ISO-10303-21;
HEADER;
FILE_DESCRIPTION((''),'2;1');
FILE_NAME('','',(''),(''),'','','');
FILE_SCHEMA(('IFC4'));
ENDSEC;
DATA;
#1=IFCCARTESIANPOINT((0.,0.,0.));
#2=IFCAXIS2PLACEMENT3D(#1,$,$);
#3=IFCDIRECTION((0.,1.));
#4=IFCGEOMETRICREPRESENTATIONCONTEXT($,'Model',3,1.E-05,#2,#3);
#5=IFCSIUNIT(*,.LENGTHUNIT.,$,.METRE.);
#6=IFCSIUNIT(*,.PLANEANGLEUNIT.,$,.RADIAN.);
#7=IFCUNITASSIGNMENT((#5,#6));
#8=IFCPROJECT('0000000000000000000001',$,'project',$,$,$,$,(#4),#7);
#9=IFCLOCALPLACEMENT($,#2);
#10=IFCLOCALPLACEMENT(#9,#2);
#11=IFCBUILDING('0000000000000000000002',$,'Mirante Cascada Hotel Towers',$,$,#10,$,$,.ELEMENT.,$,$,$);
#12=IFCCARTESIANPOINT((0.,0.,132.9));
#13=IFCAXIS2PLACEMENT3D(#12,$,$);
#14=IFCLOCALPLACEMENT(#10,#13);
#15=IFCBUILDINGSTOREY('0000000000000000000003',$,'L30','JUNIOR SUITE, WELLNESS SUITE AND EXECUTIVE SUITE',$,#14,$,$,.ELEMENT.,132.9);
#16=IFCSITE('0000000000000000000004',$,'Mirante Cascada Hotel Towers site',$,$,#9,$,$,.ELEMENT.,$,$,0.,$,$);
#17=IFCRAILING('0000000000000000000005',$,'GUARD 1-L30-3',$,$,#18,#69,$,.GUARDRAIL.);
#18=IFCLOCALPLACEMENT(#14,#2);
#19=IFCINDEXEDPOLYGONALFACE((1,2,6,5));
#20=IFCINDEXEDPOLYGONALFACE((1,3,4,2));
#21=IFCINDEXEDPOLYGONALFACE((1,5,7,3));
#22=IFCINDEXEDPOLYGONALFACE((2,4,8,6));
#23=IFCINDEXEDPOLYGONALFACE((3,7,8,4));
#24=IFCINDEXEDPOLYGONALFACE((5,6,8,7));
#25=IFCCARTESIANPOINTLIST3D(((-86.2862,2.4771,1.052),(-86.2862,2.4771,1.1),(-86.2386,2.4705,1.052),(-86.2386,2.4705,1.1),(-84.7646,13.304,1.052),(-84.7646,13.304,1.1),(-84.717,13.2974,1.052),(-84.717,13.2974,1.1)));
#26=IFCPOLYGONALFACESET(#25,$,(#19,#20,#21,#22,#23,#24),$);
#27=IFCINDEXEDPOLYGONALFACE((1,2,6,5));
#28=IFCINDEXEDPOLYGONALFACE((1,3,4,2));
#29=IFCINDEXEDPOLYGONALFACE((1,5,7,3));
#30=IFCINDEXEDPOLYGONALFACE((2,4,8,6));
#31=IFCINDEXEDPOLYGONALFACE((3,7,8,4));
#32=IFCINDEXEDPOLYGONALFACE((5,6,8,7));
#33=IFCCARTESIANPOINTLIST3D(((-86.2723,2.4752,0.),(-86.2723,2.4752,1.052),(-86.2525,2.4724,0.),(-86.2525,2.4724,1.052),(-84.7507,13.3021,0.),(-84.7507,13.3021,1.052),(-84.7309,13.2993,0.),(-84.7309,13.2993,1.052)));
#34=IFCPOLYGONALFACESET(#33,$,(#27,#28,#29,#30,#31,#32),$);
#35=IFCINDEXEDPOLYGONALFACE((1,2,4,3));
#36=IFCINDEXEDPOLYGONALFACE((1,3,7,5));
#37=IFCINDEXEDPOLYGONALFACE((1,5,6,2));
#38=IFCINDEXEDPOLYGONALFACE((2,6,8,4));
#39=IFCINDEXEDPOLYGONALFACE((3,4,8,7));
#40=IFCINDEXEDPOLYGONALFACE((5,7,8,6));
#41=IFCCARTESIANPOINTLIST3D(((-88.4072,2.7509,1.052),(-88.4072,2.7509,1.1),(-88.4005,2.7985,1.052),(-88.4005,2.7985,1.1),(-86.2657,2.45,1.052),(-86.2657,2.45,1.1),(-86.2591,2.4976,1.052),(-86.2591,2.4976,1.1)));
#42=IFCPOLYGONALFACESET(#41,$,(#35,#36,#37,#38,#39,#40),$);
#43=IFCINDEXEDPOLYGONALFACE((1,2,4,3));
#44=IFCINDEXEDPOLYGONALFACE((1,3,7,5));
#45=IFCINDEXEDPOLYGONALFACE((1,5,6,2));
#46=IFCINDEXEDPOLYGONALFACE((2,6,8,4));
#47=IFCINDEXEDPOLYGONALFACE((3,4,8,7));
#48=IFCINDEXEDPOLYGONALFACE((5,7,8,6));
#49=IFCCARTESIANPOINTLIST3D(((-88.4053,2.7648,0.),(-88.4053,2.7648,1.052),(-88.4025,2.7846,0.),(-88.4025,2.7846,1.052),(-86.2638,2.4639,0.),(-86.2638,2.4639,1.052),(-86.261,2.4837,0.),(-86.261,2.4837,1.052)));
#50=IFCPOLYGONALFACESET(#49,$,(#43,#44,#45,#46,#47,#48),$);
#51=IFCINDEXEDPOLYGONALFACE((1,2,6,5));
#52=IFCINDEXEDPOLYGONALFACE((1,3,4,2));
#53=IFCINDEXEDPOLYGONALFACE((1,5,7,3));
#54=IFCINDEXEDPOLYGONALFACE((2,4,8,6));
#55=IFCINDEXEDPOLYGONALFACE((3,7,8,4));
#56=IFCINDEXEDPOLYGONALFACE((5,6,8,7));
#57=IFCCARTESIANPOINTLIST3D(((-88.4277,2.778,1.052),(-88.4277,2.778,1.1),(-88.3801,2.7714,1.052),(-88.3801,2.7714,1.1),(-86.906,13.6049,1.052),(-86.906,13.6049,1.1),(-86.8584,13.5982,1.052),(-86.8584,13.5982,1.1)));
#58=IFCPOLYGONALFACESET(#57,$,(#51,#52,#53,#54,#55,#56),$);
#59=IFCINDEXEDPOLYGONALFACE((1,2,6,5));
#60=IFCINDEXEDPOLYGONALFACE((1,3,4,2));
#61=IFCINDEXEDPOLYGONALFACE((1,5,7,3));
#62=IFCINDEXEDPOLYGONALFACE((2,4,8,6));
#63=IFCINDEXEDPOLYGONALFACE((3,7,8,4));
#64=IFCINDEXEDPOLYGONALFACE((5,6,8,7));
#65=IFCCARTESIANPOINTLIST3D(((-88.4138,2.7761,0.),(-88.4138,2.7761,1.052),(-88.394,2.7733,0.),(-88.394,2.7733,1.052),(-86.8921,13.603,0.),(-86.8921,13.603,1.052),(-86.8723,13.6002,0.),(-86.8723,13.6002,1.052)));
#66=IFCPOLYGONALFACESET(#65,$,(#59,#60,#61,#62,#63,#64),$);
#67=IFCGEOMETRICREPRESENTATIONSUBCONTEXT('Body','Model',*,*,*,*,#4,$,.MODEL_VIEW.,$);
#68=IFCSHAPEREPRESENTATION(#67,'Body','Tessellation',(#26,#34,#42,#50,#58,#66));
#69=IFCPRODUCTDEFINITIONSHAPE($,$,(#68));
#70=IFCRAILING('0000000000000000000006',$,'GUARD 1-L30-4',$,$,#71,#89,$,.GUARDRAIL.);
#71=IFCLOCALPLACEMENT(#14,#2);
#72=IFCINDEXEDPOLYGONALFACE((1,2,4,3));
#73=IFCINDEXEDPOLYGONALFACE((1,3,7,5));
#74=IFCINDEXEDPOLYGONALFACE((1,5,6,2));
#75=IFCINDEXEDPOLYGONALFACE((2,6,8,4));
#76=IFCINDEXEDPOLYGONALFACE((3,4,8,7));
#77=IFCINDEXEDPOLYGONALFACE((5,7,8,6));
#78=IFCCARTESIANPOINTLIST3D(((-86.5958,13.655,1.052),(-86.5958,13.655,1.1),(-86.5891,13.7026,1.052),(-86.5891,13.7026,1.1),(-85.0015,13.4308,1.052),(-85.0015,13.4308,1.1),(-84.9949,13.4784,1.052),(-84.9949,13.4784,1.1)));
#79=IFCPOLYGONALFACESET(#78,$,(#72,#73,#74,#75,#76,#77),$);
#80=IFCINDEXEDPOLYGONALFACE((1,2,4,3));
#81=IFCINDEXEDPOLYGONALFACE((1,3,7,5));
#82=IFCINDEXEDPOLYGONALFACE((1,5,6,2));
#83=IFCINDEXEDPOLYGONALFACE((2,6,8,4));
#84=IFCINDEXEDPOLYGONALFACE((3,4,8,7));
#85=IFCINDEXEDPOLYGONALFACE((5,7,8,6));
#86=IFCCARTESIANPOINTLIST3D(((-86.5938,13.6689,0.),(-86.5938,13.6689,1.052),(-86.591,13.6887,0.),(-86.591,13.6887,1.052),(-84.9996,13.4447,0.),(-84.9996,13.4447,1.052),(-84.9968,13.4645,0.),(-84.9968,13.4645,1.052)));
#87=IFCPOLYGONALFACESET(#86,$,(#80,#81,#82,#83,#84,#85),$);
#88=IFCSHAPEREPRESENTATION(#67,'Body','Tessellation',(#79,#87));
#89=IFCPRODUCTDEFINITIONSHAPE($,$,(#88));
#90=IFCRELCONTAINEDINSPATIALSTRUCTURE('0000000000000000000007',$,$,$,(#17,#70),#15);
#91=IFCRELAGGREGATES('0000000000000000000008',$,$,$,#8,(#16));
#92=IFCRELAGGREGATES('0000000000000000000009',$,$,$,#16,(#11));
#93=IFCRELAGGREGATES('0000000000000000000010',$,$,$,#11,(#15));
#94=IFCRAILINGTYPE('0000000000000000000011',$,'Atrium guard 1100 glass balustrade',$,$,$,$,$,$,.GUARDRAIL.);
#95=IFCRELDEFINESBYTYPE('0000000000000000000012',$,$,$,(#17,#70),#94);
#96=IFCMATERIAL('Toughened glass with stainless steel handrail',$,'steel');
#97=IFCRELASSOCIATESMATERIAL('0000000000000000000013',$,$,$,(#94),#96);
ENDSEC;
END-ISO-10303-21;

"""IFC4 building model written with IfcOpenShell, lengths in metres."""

from ifc_helpers import new_model, si_unit, direction, frame, origin, origin_2d, place, context, subcontext, project, spatial, rectangle, extrude, material, type_object, element, save


model = new_model("IFC4")

# Units and contexts
model_context = context("Model", 3, precision=1e-05, world=origin(), true_north=direction((0.0, 1.0)))
body_context = subcontext(model_context, "Body", "Model", "MODEL_VIEW")
ifc_project = project(units=[si_unit("LENGTHUNIT", "METRE"), si_unit("PLANEANGLEUNIT", "RADIAN")], contexts=[model_context])

# Site, building, storey
site_placement = place(None, origin())
site = spatial("IfcSite", under=ifc_project, at=site_placement, Name="Mirante Cascada Hotel Towers site", CompositionType="ELEMENT", RefElevation=0.0)
building_placement = place(site_placement, origin())
building = spatial("IfcBuilding", under=site, at=building_placement, Name="Mirante Cascada Hotel Towers", CompositionType="ELEMENT")
storey_placement = place(building_placement, frame((0.0, 0.0, 132.9)))
storey = spatial("IfcBuildingStorey", under=building, at=storey_placement, Name="L30", Description="JUNIOR SUITE, WELLNESS SUITE AND EXECUTIVE SUITE", CompositionType="ELEMENT", Elevation=132.9)

# Railings
ifc_material_1 = material(Name="Toughened glass with stainless steel handrail", Category="steel")
railing_type = type_object("IfcRailingType", Name="Atrium guard 1100 glass balustrade", PredefinedType="GUARDRAIL", material=ifc_material_1)
railing_1_placement = place(storey_placement, frame((-84.7408, 13.3007, 0.0)))
element("IfcRailing", 1, at=railing_1_placement, inside=storey, type_object=railing_type, Name="GUARD 1-L30-3", PredefinedType="GUARDRAIL", context=body_context, shape_type="SweptSolid", body=[
    extrude(rectangle(XDim=0.048, YDim=0.048, at=origin_2d()), frame((0.0, 0.0, 1.076), z_axis=(-0.139171, -0.990268, 0.0), x_axis=(0.990268, -0.139171, 0.0)), (0.0, 0.0, 1.0), 10.9333),
    extrude(rectangle(XDim=0.02, YDim=1.052, at=origin_2d()), frame((0.0, 0.0, 0.526), z_axis=(-0.139171, -0.990268, 0.0), x_axis=(0.990268, -0.139171, 0.0)), (0.0, 0.0, 1.0), 10.9333),
    extrude(rectangle(XDim=0.048, YDim=0.048, at=origin_2d()), frame((-1.5216, -10.8269, 1.076), z_axis=(-0.990272, 0.139142, 0.0), x_axis=(-0.139142, -0.990272, 0.0)), (0.0, 0.0, 1.0), 2.1625),
    extrude(rectangle(XDim=0.02, YDim=1.052, at=origin_2d()), frame((-1.5216, -10.8269, 0.526), z_axis=(-0.990272, 0.139142, 0.0), x_axis=(-0.139142, -0.990272, 0.0)), (0.0, 0.0, 1.0), 2.1625),
    extrude(rectangle(XDim=0.048, YDim=0.048, at=origin_2d()), frame((-3.6631, -10.526, 1.076), z_axis=(0.13918, 0.990267, 0.0), x_axis=(-0.990267, 0.13918, 0.0)), (0.0, 0.0, 1.0), 10.9333),
    extrude(rectangle(XDim=0.02, YDim=1.052, at=origin_2d()), frame((-3.6631, -10.526, 0.526), z_axis=(0.13918, 0.990267, 0.0), x_axis=(-0.990267, 0.13918, 0.0)), (0.0, 0.0, 1.0), 10.9333),
])
railing_2_placement = place(storey_placement, frame((-84.9982, 13.4546, 0.0)))
element("IfcRailing", 2, at=railing_2_placement, inside=storey, type_object=railing_type, Name="GUARD 1-L30-4", PredefinedType="GUARDRAIL", context=body_context, shape_type="SweptSolid", body=[
    extrude(rectangle(XDim=0.048, YDim=0.048, at=origin_2d()), frame((0.0, 0.0, 1.076), z_axis=(-0.990255, 0.139264, 0.0), x_axis=(-0.139264, -0.990255, 0.0)), (0.0, 0.0, 1.0), 1.6099),
    extrude(rectangle(XDim=0.02, YDim=1.052, at=origin_2d()), frame((0.0, 0.0, 0.526), z_axis=(-0.990255, 0.139264, 0.0), x_axis=(-0.139264, -0.990255, 0.0)), (0.0, 0.0, 1.0), 1.6099),
])

save(model, "model.ifc")
